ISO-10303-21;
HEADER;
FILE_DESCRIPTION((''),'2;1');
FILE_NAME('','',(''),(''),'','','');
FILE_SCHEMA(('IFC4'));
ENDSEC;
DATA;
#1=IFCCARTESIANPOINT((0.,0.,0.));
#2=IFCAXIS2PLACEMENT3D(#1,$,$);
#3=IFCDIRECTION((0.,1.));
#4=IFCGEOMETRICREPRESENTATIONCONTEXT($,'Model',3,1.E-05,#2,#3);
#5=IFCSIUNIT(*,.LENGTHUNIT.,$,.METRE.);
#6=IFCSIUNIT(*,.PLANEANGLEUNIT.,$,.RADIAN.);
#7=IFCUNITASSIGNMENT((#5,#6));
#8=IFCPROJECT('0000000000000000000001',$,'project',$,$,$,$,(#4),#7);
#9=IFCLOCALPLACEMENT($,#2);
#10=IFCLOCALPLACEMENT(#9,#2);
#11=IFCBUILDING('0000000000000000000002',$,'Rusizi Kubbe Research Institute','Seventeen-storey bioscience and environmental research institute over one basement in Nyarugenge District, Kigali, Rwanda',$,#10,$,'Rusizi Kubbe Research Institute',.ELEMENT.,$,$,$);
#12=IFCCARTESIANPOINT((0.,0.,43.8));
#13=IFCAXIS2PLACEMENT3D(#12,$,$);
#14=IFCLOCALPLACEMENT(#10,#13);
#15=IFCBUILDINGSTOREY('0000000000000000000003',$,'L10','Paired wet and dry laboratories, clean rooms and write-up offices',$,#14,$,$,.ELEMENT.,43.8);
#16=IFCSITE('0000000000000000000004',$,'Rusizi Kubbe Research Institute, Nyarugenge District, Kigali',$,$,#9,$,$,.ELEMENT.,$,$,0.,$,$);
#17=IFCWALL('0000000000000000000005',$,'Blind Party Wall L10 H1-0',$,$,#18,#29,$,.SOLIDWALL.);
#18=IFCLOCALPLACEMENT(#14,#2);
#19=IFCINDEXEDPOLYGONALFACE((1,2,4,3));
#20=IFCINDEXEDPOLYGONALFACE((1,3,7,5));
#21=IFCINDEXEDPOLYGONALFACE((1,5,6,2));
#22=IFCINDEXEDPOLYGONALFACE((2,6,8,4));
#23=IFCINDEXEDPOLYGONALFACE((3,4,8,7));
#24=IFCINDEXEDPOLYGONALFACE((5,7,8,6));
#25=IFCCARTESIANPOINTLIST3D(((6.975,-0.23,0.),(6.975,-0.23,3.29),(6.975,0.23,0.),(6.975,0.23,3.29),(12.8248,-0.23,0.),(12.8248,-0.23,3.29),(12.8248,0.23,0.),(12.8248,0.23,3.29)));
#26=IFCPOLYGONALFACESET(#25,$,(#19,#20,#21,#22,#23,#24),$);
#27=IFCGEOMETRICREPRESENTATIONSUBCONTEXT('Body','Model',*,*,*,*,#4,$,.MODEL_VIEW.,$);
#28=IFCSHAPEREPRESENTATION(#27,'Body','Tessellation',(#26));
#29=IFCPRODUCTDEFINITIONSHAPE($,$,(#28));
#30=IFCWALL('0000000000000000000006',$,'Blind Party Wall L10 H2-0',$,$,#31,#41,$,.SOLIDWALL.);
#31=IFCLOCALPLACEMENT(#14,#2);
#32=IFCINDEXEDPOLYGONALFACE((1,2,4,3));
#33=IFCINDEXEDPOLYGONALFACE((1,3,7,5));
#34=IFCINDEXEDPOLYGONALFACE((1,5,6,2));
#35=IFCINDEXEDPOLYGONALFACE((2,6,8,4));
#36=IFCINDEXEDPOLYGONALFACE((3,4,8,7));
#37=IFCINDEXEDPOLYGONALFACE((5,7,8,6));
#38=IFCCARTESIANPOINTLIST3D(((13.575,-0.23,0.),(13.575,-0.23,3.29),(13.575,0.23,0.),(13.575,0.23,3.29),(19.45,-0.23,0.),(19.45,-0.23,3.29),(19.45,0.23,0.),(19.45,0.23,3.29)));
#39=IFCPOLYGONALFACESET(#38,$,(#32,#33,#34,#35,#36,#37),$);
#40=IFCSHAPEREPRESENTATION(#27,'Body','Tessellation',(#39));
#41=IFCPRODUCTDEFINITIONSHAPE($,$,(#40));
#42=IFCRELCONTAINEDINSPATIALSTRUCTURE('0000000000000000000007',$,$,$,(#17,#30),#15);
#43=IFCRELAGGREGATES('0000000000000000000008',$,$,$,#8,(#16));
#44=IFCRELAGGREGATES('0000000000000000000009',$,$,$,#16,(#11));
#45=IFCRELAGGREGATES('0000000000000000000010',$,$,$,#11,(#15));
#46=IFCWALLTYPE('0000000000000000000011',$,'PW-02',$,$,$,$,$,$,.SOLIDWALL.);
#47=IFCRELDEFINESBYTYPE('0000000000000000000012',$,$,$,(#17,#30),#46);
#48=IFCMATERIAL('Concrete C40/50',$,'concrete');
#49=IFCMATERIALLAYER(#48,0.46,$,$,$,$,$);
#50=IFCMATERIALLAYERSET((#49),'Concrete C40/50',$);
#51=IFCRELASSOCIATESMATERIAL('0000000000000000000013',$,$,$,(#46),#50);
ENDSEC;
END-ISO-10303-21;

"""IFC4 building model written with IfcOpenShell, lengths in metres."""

from ifc_helpers import new_model, si_unit, direction, frame, frame_2d, origin, place, context, subcontext, project, spatial, rectangle, extrude, material, layer, layer_set, type_object, element, save


model = new_model("IFC4")

# Units and contexts
model_context = context("Model", 3, precision=1e-05, world=origin(), true_north=direction((0.0, 1.0)))
body_context = subcontext(model_context, "Body", "Model", "MODEL_VIEW")
ifc_project = project(units=[si_unit("LENGTHUNIT", "METRE"), si_unit("PLANEANGLEUNIT", "RADIAN")], contexts=[model_context])

# Site, building, storey
site_placement = place(None, origin())
site = spatial("IfcSite", under=ifc_project, at=site_placement, Name="Rusizi Kubbe Research Institute, Nyarugenge District, Kigali", CompositionType="ELEMENT", RefElevation=0.0)
building_placement = place(site_placement, origin())
building = spatial("IfcBuilding", under=site, at=building_placement, Name="Rusizi Kubbe Research Institute", Description="Seventeen-storey bioscience and environmental research institute over one basement in Nyarugenge District, Kigali, Rwanda", LongName="Rusizi Kubbe Research Institute", CompositionType="ELEMENT")
storey_placement = place(building_placement, frame((0.0, 0.0, 43.8)))
storey = spatial("IfcBuildingStorey", under=building, at=storey_placement, Name="L10", Description="Paired wet and dry laboratories, clean rooms and write-up offices", CompositionType="ELEMENT", Elevation=43.8)

# Walls
ifc_material_1 = material(Name="Concrete C40/50", Category="concrete")
ifc_layer_1 = layer(ifc_material_1, 0.46)
ifc_layer_set_1 = layer_set([ifc_layer_1], Name="Concrete C40/50")
wall_type_1 = type_object("IfcWallType", Name="PW-02", PredefinedType="SOLIDWALL", material=ifc_layer_set_1)
wall_1_placement = place(storey_placement, frame((6.9751, 0.0, 0.0), z_axis=(0.0, 0.0, 1.0), x_axis=(1.0, 0.0, 0.0)))
element("IfcWall", 1, at=wall_1_placement, inside=storey, type_object=wall_type_1, Name="Blind Party Wall L10 H1-0", PredefinedType="SOLIDWALL", context=body_context, shape_type="SweptSolid", body=[
    extrude(rectangle(XDim=5.8499, YDim=0.46, at=frame_2d((2.9248, 0.0))), origin(), (0.0, 0.0, 1.0), 3.29),
])
wall_2_placement = place(storey_placement, frame((13.575, 0.0, 0.0), z_axis=(0.0, 0.0, 1.0), x_axis=(1.0, 0.0, 0.0)))
element("IfcWall", 2, at=wall_2_placement, inside=storey, type_object=wall_type_1, Name="Blind Party Wall L10 H2-0", PredefinedType="SOLIDWALL", context=body_context, shape_type="SweptSolid", body=[
    extrude(rectangle(XDim=5.875, YDim=0.46, at=frame_2d((2.9375, 0.0))), origin(), (0.0, 0.0, 1.0), 3.29),
])

save(model, "model.ifc")
